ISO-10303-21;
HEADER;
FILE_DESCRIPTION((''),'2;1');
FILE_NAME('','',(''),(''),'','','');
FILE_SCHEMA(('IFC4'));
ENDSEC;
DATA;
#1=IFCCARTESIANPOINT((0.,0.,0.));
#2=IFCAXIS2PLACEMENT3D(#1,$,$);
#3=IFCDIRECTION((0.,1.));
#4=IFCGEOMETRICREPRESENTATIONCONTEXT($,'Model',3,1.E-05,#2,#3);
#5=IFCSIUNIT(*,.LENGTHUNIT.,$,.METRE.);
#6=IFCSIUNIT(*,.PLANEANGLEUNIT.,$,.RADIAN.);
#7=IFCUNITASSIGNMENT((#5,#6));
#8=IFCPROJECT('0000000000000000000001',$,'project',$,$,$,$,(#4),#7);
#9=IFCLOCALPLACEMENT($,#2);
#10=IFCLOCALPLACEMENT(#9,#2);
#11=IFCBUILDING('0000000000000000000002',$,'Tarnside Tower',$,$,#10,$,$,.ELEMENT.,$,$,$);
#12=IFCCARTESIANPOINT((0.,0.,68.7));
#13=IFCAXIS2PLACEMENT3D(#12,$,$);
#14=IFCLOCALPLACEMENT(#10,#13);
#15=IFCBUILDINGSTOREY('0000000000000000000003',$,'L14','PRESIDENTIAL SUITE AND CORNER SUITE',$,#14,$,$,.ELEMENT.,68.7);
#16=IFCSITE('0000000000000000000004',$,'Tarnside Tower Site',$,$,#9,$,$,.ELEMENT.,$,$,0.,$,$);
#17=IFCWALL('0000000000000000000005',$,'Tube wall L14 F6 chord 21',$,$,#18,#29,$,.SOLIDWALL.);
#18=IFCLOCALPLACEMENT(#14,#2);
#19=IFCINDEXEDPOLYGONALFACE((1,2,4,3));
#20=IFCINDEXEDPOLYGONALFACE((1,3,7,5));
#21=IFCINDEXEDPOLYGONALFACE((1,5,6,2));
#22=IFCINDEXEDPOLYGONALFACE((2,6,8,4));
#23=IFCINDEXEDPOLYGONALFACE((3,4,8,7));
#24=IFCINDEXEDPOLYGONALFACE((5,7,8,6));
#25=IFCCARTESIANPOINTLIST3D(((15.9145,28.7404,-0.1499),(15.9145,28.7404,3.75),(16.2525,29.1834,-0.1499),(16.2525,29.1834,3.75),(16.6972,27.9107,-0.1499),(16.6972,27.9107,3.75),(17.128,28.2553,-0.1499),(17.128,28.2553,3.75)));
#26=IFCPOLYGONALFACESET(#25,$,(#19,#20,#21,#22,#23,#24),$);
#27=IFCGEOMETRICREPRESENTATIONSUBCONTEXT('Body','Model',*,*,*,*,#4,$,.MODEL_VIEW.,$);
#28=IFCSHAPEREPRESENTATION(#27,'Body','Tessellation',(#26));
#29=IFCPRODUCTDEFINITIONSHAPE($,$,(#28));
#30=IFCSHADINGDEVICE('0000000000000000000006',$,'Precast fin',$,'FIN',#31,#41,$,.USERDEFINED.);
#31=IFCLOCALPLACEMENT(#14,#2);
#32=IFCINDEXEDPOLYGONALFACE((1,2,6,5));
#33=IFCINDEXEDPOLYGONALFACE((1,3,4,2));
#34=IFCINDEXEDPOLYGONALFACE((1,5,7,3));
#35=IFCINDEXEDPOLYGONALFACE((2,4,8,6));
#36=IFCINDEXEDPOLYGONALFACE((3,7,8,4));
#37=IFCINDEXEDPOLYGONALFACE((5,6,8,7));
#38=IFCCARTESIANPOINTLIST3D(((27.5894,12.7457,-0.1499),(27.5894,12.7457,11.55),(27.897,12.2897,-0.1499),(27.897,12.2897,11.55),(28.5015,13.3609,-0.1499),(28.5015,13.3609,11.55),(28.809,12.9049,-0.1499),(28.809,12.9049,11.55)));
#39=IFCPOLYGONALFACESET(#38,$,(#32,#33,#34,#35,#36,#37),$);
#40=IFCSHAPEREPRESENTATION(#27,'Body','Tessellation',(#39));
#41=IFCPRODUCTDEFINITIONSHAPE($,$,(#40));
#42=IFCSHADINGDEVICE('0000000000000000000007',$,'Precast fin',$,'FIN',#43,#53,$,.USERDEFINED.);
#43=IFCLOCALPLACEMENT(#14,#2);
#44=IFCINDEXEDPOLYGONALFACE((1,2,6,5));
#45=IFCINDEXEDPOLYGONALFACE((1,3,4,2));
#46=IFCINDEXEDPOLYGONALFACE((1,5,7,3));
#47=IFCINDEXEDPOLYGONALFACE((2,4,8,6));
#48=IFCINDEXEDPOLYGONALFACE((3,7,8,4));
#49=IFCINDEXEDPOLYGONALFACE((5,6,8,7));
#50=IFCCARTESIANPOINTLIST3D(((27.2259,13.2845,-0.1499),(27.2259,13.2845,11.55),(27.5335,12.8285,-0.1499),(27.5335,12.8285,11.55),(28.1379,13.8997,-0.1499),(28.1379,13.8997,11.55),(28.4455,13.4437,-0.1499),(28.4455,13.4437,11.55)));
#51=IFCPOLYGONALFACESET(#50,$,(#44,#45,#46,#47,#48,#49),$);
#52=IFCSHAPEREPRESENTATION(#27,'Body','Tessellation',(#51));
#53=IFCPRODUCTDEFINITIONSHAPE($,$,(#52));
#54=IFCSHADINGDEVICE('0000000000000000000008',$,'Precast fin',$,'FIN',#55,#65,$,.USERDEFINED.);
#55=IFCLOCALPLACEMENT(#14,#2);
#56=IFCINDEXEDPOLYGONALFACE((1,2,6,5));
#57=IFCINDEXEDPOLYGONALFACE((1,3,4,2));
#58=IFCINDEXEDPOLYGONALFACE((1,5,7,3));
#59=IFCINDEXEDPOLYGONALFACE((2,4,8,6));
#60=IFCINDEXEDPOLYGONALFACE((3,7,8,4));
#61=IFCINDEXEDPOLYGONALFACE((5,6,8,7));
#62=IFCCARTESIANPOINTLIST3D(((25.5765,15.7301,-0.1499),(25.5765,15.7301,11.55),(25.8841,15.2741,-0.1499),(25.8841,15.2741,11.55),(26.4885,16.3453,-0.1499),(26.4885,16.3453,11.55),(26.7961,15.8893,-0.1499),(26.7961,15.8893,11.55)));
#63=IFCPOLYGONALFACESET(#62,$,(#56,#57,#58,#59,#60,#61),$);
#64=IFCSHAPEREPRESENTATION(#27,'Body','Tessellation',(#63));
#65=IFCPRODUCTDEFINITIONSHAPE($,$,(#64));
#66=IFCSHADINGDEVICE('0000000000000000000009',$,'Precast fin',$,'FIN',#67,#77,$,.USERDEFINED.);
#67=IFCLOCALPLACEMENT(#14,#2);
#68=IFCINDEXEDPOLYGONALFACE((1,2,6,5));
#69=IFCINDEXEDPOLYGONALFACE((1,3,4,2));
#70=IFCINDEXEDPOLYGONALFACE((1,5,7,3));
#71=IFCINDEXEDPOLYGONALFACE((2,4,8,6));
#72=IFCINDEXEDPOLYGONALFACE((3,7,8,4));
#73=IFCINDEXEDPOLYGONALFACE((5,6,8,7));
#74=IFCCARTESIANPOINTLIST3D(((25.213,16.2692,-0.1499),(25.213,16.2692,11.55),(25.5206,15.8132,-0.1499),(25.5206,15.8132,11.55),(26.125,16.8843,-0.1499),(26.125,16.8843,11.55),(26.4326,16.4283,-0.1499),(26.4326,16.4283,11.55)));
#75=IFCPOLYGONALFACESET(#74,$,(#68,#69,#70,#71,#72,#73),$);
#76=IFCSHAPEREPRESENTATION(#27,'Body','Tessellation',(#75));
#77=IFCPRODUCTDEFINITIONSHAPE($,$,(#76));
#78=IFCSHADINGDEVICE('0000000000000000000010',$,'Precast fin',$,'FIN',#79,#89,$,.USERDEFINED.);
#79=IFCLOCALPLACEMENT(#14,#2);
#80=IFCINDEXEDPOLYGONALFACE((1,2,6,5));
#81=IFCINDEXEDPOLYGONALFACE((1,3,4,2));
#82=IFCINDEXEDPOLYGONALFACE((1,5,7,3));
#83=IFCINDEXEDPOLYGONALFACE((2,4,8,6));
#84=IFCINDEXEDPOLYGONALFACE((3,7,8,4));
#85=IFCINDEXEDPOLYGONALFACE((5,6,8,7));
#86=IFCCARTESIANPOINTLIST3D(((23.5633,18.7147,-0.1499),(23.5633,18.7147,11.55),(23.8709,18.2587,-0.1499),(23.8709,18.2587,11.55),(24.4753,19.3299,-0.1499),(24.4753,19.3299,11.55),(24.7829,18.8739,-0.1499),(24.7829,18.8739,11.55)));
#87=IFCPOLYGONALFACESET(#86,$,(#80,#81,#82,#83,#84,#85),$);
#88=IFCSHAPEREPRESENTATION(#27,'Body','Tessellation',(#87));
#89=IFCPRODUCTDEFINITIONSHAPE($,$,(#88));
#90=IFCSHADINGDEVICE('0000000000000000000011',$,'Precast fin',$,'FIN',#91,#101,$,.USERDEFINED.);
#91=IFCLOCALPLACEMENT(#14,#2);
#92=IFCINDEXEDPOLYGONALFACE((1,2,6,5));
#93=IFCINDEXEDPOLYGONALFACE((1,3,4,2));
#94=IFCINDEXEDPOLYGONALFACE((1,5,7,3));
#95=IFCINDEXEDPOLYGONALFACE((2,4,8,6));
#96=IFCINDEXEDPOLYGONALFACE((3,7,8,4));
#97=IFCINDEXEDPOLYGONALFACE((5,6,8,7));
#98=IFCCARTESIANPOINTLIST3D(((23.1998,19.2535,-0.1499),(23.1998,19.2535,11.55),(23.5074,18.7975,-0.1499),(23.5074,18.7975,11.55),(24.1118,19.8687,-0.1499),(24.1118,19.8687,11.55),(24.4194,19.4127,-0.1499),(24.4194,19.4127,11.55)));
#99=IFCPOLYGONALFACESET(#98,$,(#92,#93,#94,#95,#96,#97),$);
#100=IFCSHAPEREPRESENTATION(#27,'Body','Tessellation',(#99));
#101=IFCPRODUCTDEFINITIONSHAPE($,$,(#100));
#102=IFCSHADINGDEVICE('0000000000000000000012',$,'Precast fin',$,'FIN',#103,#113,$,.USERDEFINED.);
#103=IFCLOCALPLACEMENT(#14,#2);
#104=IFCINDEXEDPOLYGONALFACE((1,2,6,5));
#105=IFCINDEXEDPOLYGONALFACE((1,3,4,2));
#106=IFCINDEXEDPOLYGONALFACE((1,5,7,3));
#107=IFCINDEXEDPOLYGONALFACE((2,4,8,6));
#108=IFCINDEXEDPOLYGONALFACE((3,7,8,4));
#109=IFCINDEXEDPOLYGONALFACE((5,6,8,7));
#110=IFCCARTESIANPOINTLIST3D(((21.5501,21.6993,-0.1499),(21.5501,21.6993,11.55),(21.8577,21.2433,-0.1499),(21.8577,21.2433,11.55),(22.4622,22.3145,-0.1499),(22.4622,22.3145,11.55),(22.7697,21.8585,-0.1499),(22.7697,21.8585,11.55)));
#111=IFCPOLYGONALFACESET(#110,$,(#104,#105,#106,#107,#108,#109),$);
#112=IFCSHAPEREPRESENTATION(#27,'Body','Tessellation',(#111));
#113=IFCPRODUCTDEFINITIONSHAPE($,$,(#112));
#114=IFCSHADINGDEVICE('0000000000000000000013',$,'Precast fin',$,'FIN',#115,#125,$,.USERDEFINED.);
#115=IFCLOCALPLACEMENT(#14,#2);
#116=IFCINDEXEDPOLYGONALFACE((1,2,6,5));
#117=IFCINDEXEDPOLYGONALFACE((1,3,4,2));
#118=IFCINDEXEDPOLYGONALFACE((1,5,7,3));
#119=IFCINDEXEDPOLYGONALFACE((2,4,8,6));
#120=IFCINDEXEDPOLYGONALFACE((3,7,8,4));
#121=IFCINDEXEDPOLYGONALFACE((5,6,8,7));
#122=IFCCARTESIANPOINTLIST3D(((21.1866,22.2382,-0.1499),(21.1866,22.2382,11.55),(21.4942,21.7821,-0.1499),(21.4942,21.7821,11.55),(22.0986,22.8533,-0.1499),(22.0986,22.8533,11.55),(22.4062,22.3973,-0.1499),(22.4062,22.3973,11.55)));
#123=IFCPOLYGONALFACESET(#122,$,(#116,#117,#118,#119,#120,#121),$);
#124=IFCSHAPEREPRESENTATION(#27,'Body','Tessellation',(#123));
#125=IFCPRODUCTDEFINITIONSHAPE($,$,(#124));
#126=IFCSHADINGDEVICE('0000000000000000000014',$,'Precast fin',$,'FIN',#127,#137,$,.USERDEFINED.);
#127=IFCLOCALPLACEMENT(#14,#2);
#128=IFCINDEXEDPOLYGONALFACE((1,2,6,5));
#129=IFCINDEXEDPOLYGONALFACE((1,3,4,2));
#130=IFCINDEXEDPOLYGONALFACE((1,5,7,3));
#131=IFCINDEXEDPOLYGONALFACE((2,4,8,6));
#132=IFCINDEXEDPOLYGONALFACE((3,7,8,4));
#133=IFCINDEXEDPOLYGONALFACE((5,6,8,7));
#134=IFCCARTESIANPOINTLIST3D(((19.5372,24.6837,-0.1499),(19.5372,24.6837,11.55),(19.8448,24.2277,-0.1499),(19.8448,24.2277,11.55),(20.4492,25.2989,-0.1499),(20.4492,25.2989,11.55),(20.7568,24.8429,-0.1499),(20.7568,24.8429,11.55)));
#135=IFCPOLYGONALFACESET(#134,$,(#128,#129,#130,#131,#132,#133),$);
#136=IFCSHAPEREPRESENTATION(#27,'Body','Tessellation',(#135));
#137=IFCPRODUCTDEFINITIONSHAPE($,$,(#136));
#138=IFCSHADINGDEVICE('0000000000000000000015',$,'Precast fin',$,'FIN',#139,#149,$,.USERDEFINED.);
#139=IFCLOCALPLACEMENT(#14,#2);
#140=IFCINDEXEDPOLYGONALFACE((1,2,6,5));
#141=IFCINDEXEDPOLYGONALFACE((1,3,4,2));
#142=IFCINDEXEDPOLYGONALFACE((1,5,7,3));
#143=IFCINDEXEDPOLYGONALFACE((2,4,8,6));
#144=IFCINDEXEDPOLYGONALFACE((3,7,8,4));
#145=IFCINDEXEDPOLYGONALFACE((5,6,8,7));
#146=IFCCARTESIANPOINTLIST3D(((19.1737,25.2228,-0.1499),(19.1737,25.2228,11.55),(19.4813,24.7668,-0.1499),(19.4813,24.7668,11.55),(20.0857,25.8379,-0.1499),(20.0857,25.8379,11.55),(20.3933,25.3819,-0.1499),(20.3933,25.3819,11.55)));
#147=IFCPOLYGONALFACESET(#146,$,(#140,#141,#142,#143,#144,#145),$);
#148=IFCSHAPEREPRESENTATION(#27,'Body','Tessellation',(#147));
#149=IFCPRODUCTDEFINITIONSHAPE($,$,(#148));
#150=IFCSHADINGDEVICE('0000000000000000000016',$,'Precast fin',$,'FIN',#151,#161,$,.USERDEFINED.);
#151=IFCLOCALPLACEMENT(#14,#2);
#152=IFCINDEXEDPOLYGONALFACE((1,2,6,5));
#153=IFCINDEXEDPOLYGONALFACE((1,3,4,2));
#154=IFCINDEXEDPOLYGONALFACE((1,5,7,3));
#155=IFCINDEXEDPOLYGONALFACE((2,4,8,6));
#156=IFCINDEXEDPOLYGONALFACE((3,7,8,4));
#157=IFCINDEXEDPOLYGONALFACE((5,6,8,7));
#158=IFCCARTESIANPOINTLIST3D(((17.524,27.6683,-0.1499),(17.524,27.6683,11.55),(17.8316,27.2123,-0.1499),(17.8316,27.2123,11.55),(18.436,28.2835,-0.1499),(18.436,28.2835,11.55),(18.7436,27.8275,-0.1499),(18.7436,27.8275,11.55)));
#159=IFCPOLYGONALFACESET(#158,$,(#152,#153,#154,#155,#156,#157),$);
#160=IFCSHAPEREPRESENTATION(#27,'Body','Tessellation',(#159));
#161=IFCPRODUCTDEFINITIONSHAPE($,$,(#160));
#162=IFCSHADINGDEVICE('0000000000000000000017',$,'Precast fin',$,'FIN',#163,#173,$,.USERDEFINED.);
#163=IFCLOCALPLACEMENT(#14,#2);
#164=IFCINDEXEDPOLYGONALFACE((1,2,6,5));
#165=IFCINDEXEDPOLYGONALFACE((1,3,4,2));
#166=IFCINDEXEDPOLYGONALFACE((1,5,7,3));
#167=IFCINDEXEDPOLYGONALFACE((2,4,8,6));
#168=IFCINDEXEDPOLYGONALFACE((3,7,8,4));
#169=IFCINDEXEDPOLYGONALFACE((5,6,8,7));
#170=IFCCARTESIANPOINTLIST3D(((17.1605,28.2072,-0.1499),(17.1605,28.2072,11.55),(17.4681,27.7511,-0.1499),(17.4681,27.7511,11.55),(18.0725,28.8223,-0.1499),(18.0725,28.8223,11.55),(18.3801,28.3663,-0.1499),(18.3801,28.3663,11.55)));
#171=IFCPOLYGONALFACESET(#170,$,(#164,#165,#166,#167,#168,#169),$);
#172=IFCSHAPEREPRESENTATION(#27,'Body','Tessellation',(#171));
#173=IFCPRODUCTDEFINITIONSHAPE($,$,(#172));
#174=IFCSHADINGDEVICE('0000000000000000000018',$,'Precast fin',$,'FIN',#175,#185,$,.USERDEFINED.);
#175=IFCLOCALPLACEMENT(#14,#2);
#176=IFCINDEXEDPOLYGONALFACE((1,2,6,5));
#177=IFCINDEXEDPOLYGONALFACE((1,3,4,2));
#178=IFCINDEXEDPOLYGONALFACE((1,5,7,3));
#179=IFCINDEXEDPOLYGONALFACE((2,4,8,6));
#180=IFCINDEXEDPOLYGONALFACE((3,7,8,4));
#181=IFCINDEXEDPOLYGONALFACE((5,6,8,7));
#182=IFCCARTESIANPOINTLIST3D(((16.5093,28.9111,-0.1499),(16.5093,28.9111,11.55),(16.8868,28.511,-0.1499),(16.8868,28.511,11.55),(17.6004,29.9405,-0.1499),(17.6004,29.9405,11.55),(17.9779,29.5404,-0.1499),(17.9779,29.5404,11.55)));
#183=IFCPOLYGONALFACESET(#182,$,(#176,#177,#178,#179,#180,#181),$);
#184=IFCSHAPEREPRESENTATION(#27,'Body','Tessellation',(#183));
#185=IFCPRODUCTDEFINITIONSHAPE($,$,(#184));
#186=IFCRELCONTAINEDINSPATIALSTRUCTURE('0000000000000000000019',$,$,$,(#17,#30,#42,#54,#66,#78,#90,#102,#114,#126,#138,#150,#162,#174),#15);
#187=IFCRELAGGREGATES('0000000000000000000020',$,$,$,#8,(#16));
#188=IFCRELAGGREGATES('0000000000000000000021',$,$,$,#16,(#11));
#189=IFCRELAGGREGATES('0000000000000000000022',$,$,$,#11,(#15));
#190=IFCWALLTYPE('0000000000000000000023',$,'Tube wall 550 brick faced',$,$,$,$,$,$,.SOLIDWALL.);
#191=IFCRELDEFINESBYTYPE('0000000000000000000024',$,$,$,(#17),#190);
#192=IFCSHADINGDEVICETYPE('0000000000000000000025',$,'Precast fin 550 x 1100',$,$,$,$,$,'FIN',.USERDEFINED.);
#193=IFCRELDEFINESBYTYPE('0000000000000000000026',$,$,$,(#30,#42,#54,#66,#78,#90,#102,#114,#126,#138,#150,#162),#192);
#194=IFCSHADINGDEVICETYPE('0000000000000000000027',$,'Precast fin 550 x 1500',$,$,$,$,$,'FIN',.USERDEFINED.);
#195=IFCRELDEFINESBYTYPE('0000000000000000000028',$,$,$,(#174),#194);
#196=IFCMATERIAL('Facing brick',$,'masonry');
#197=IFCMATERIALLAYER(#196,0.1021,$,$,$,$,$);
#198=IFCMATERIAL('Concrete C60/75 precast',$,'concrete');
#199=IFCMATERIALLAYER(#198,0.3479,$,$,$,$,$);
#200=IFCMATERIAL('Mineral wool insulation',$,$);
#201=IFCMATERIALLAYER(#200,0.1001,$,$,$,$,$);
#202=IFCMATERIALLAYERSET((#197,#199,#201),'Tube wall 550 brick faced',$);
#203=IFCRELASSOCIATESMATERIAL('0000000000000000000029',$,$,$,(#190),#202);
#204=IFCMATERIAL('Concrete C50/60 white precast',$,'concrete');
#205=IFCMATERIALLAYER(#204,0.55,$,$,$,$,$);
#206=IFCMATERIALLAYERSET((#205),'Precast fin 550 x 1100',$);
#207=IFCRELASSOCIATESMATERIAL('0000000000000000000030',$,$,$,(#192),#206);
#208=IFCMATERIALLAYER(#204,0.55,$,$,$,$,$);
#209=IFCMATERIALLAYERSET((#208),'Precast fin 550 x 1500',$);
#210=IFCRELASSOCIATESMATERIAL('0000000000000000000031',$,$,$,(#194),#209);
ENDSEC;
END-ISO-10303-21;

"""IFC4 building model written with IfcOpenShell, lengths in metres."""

from ifc_helpers import new_model, si_unit, direction, frame, origin, place, context, subcontext, project, spatial, polyline, outline, extrude, material, layer, layer_set, type_object, element, save


model = new_model("IFC4")

# Units and contexts
model_context = context("Model", 3, precision=1e-05, world=origin(), true_north=direction((0.0, 1.0)))
body_context = subcontext(model_context, "Body", "Model", "MODEL_VIEW")
ifc_project = project(units=[si_unit("LENGTHUNIT", "METRE"), si_unit("PLANEANGLEUNIT", "RADIAN")], contexts=[model_context])

# Site, building, storey
site_placement = place(None, origin())
site = spatial("IfcSite", under=ifc_project, at=site_placement, Name="Tarnside Tower Site", CompositionType="ELEMENT", RefElevation=0.0)
building_placement = place(site_placement, origin())
building = spatial("IfcBuilding", under=site, at=building_placement, Name="Tarnside Tower", CompositionType="ELEMENT")
storey_placement = place(building_placement, frame((0.0, 0.0, 68.7)))
storey = spatial("IfcBuildingStorey", under=building, at=storey_placement, Name="L14", Description="PRESIDENTIAL SUITE AND CORNER SUITE", CompositionType="ELEMENT", Elevation=68.7)

# Wall
ifc_material_1 = material(Name="Facing brick", Category="masonry")
ifc_layer_1 = layer(ifc_material_1, 0.1021)
ifc_material_2 = material(Name="Concrete C60/75 precast", Category="concrete")
ifc_layer_2 = layer(ifc_material_2, 0.3479)
ifc_material_3 = material(Name="Mineral wool insulation")
ifc_layer_3 = layer(ifc_material_3, 0.1001)
ifc_layer_set_1 = layer_set([ifc_layer_1, ifc_layer_2, ifc_layer_3], Name="Tube wall 550 brick faced")
wall_type_1 = type_object("IfcWallType", Name="Tube wall 550 brick faced", PredefinedType="SOLIDWALL", material=ifc_layer_set_1)
wall_1_placement = place(storey_placement, frame((16.9126, 28.083, -0.1499), z_axis=(0.0, 0.0, 1.0), x_axis=(-0.686196, 0.727416, 0.0)))
element("IfcWall", 1, at=wall_1_placement, inside=storey, type_object=wall_type_1, Name="Tube wall L14 F6 chord 21", PredefinedType="SOLIDWALL", context=body_context, shape_type="SweptSolid", body=[
    extrude(outline(polyline([(-0.0225, -0.2749), (1.2534, -0.2749), (1.1631, 0.2749), (0.0225, 0.2749), (-0.0225, -0.2749)])), origin(), (0.0, 0.0, 1.0), 3.8999),
])

# Shading devices
ifc_material_4 = material(Name="Concrete C50/60 white precast", Category="concrete")
ifc_layer_4 = layer(ifc_material_4, 0.55)
ifc_layer_set_2 = layer_set([ifc_layer_4], Name="Precast fin 550 x 1100")
shading_device_type_1 = type_object("IfcShadingDeviceType", Name="Precast fin 550 x 1100", ElementType="FIN", PredefinedType="USERDEFINED", material=ifc_layer_set_2)
for number, where, z_axis, x_axis, name in (
    (2, (27.7432, 12.5178, -0.1499), (0.559193, -0.829038, 0.0), (0.829038, 0.559193, 0.0), "Precast fin"),
    (3, (27.3796, 13.0566, -0.1499), (0.559193, -0.829038, 0.0), (0.829038, 0.559193, 0.0), "Precast fin"),
    (4, (25.7302, 15.5022, -0.1499), (0.559193, -0.829038, 0.0), (0.829038, 0.559193, 0.0), "Precast fin"),
    (5, (25.3667, 16.0413, -0.1499), (0.559193, -0.829038, 0.0), (0.829038, 0.559193, 0.0), "Precast fin"),
    (6, (23.717, 18.4868, -0.1499), (0.559193, -0.829038, 0.0), (0.829038, 0.559193, 0.0), "Precast fin"),
    (7, (23.3535, 19.0256, -0.1499), (0.559193, -0.829038, 0.0), (0.829038, 0.559193, 0.0), "Precast fin"),
    (8, (21.7039, 21.4714, -0.1499), (0.559193, -0.829038, 0.0), (0.829038, 0.559193, 0.0), "Precast fin"),
    (9, (21.3403, 22.0103, -0.1499), (0.559193, -0.829038, 0.0), (0.829038, 0.559193, 0.0), "Precast fin"),
    (10, (19.6909, 24.4558, -0.1499), (0.559193, -0.829038, 0.0), (0.829038, 0.559193, 0.0), "Precast fin"),
    (11, (19.3274, 24.9949, -0.1499), (0.559193, -0.829038, 0.0), (0.829038, 0.559193, 0.0), "Precast fin"),
    (12, (17.6777, 27.4404, -0.1499), (0.559193, -0.829038, 0.0), (0.829038, 0.559193, 0.0), "Precast fin"),
    (13, (17.3142, 27.9792, -0.1499), (0.559193, -0.829038, 0.0), (0.829038, 0.559193, 0.0), "Precast fin"),
):
    element("IfcShadingDevice", number, at=place(storey_placement, frame(where, z_axis=z_axis, x_axis=x_axis)), inside=storey, type_object=shading_device_type_1, Name=name, ObjectType="FIN", PredefinedType="USERDEFINED", context=body_context, shape_type="SweptSolid", body=[
        extrude(outline(polyline([(0.0, 0.0), (1.1001, 0.0), (1.1001, 11.7), (0.0, 11.7), (0.0, 0.0)])), frame((0.0, 0.0, -0.2749)), (0.0, 0.0, 1.0), 0.55),
    ])
ifc_layer_5 = layer(ifc_material_4, 0.55)
ifc_layer_set_3 = layer_set([ifc_layer_5], Name="Precast fin 550 x 1500")
shading_device_type_2 = type_object("IfcShadingDeviceType", Name="Precast fin 550 x 1500", ElementType="FIN", PredefinedType="USERDEFINED", material=ifc_layer_set_3)
shading_device_placement = place(storey_placement, frame((16.698, 28.7112, -0.1499), z_axis=(0.686242, -0.727374, 0.0), x_axis=(0.727374, 0.686242, 0.0)))
element("IfcShadingDevice", 14, at=shading_device_placement, inside=storey, type_object=shading_device_type_2, Name="Precast fin", ObjectType="FIN", PredefinedType="USERDEFINED", context=body_context, shape_type="SweptSolid", body=[
    extrude(outline(polyline([(0.0, 0.0), (1.5, 0.0), (1.5, 11.7), (0.0, 11.7), (0.0, 0.0)])), frame((0.0, 0.0, -0.2749)), (0.0, 0.0, 1.0), 0.55),
])

save(model, "model.ifc")
